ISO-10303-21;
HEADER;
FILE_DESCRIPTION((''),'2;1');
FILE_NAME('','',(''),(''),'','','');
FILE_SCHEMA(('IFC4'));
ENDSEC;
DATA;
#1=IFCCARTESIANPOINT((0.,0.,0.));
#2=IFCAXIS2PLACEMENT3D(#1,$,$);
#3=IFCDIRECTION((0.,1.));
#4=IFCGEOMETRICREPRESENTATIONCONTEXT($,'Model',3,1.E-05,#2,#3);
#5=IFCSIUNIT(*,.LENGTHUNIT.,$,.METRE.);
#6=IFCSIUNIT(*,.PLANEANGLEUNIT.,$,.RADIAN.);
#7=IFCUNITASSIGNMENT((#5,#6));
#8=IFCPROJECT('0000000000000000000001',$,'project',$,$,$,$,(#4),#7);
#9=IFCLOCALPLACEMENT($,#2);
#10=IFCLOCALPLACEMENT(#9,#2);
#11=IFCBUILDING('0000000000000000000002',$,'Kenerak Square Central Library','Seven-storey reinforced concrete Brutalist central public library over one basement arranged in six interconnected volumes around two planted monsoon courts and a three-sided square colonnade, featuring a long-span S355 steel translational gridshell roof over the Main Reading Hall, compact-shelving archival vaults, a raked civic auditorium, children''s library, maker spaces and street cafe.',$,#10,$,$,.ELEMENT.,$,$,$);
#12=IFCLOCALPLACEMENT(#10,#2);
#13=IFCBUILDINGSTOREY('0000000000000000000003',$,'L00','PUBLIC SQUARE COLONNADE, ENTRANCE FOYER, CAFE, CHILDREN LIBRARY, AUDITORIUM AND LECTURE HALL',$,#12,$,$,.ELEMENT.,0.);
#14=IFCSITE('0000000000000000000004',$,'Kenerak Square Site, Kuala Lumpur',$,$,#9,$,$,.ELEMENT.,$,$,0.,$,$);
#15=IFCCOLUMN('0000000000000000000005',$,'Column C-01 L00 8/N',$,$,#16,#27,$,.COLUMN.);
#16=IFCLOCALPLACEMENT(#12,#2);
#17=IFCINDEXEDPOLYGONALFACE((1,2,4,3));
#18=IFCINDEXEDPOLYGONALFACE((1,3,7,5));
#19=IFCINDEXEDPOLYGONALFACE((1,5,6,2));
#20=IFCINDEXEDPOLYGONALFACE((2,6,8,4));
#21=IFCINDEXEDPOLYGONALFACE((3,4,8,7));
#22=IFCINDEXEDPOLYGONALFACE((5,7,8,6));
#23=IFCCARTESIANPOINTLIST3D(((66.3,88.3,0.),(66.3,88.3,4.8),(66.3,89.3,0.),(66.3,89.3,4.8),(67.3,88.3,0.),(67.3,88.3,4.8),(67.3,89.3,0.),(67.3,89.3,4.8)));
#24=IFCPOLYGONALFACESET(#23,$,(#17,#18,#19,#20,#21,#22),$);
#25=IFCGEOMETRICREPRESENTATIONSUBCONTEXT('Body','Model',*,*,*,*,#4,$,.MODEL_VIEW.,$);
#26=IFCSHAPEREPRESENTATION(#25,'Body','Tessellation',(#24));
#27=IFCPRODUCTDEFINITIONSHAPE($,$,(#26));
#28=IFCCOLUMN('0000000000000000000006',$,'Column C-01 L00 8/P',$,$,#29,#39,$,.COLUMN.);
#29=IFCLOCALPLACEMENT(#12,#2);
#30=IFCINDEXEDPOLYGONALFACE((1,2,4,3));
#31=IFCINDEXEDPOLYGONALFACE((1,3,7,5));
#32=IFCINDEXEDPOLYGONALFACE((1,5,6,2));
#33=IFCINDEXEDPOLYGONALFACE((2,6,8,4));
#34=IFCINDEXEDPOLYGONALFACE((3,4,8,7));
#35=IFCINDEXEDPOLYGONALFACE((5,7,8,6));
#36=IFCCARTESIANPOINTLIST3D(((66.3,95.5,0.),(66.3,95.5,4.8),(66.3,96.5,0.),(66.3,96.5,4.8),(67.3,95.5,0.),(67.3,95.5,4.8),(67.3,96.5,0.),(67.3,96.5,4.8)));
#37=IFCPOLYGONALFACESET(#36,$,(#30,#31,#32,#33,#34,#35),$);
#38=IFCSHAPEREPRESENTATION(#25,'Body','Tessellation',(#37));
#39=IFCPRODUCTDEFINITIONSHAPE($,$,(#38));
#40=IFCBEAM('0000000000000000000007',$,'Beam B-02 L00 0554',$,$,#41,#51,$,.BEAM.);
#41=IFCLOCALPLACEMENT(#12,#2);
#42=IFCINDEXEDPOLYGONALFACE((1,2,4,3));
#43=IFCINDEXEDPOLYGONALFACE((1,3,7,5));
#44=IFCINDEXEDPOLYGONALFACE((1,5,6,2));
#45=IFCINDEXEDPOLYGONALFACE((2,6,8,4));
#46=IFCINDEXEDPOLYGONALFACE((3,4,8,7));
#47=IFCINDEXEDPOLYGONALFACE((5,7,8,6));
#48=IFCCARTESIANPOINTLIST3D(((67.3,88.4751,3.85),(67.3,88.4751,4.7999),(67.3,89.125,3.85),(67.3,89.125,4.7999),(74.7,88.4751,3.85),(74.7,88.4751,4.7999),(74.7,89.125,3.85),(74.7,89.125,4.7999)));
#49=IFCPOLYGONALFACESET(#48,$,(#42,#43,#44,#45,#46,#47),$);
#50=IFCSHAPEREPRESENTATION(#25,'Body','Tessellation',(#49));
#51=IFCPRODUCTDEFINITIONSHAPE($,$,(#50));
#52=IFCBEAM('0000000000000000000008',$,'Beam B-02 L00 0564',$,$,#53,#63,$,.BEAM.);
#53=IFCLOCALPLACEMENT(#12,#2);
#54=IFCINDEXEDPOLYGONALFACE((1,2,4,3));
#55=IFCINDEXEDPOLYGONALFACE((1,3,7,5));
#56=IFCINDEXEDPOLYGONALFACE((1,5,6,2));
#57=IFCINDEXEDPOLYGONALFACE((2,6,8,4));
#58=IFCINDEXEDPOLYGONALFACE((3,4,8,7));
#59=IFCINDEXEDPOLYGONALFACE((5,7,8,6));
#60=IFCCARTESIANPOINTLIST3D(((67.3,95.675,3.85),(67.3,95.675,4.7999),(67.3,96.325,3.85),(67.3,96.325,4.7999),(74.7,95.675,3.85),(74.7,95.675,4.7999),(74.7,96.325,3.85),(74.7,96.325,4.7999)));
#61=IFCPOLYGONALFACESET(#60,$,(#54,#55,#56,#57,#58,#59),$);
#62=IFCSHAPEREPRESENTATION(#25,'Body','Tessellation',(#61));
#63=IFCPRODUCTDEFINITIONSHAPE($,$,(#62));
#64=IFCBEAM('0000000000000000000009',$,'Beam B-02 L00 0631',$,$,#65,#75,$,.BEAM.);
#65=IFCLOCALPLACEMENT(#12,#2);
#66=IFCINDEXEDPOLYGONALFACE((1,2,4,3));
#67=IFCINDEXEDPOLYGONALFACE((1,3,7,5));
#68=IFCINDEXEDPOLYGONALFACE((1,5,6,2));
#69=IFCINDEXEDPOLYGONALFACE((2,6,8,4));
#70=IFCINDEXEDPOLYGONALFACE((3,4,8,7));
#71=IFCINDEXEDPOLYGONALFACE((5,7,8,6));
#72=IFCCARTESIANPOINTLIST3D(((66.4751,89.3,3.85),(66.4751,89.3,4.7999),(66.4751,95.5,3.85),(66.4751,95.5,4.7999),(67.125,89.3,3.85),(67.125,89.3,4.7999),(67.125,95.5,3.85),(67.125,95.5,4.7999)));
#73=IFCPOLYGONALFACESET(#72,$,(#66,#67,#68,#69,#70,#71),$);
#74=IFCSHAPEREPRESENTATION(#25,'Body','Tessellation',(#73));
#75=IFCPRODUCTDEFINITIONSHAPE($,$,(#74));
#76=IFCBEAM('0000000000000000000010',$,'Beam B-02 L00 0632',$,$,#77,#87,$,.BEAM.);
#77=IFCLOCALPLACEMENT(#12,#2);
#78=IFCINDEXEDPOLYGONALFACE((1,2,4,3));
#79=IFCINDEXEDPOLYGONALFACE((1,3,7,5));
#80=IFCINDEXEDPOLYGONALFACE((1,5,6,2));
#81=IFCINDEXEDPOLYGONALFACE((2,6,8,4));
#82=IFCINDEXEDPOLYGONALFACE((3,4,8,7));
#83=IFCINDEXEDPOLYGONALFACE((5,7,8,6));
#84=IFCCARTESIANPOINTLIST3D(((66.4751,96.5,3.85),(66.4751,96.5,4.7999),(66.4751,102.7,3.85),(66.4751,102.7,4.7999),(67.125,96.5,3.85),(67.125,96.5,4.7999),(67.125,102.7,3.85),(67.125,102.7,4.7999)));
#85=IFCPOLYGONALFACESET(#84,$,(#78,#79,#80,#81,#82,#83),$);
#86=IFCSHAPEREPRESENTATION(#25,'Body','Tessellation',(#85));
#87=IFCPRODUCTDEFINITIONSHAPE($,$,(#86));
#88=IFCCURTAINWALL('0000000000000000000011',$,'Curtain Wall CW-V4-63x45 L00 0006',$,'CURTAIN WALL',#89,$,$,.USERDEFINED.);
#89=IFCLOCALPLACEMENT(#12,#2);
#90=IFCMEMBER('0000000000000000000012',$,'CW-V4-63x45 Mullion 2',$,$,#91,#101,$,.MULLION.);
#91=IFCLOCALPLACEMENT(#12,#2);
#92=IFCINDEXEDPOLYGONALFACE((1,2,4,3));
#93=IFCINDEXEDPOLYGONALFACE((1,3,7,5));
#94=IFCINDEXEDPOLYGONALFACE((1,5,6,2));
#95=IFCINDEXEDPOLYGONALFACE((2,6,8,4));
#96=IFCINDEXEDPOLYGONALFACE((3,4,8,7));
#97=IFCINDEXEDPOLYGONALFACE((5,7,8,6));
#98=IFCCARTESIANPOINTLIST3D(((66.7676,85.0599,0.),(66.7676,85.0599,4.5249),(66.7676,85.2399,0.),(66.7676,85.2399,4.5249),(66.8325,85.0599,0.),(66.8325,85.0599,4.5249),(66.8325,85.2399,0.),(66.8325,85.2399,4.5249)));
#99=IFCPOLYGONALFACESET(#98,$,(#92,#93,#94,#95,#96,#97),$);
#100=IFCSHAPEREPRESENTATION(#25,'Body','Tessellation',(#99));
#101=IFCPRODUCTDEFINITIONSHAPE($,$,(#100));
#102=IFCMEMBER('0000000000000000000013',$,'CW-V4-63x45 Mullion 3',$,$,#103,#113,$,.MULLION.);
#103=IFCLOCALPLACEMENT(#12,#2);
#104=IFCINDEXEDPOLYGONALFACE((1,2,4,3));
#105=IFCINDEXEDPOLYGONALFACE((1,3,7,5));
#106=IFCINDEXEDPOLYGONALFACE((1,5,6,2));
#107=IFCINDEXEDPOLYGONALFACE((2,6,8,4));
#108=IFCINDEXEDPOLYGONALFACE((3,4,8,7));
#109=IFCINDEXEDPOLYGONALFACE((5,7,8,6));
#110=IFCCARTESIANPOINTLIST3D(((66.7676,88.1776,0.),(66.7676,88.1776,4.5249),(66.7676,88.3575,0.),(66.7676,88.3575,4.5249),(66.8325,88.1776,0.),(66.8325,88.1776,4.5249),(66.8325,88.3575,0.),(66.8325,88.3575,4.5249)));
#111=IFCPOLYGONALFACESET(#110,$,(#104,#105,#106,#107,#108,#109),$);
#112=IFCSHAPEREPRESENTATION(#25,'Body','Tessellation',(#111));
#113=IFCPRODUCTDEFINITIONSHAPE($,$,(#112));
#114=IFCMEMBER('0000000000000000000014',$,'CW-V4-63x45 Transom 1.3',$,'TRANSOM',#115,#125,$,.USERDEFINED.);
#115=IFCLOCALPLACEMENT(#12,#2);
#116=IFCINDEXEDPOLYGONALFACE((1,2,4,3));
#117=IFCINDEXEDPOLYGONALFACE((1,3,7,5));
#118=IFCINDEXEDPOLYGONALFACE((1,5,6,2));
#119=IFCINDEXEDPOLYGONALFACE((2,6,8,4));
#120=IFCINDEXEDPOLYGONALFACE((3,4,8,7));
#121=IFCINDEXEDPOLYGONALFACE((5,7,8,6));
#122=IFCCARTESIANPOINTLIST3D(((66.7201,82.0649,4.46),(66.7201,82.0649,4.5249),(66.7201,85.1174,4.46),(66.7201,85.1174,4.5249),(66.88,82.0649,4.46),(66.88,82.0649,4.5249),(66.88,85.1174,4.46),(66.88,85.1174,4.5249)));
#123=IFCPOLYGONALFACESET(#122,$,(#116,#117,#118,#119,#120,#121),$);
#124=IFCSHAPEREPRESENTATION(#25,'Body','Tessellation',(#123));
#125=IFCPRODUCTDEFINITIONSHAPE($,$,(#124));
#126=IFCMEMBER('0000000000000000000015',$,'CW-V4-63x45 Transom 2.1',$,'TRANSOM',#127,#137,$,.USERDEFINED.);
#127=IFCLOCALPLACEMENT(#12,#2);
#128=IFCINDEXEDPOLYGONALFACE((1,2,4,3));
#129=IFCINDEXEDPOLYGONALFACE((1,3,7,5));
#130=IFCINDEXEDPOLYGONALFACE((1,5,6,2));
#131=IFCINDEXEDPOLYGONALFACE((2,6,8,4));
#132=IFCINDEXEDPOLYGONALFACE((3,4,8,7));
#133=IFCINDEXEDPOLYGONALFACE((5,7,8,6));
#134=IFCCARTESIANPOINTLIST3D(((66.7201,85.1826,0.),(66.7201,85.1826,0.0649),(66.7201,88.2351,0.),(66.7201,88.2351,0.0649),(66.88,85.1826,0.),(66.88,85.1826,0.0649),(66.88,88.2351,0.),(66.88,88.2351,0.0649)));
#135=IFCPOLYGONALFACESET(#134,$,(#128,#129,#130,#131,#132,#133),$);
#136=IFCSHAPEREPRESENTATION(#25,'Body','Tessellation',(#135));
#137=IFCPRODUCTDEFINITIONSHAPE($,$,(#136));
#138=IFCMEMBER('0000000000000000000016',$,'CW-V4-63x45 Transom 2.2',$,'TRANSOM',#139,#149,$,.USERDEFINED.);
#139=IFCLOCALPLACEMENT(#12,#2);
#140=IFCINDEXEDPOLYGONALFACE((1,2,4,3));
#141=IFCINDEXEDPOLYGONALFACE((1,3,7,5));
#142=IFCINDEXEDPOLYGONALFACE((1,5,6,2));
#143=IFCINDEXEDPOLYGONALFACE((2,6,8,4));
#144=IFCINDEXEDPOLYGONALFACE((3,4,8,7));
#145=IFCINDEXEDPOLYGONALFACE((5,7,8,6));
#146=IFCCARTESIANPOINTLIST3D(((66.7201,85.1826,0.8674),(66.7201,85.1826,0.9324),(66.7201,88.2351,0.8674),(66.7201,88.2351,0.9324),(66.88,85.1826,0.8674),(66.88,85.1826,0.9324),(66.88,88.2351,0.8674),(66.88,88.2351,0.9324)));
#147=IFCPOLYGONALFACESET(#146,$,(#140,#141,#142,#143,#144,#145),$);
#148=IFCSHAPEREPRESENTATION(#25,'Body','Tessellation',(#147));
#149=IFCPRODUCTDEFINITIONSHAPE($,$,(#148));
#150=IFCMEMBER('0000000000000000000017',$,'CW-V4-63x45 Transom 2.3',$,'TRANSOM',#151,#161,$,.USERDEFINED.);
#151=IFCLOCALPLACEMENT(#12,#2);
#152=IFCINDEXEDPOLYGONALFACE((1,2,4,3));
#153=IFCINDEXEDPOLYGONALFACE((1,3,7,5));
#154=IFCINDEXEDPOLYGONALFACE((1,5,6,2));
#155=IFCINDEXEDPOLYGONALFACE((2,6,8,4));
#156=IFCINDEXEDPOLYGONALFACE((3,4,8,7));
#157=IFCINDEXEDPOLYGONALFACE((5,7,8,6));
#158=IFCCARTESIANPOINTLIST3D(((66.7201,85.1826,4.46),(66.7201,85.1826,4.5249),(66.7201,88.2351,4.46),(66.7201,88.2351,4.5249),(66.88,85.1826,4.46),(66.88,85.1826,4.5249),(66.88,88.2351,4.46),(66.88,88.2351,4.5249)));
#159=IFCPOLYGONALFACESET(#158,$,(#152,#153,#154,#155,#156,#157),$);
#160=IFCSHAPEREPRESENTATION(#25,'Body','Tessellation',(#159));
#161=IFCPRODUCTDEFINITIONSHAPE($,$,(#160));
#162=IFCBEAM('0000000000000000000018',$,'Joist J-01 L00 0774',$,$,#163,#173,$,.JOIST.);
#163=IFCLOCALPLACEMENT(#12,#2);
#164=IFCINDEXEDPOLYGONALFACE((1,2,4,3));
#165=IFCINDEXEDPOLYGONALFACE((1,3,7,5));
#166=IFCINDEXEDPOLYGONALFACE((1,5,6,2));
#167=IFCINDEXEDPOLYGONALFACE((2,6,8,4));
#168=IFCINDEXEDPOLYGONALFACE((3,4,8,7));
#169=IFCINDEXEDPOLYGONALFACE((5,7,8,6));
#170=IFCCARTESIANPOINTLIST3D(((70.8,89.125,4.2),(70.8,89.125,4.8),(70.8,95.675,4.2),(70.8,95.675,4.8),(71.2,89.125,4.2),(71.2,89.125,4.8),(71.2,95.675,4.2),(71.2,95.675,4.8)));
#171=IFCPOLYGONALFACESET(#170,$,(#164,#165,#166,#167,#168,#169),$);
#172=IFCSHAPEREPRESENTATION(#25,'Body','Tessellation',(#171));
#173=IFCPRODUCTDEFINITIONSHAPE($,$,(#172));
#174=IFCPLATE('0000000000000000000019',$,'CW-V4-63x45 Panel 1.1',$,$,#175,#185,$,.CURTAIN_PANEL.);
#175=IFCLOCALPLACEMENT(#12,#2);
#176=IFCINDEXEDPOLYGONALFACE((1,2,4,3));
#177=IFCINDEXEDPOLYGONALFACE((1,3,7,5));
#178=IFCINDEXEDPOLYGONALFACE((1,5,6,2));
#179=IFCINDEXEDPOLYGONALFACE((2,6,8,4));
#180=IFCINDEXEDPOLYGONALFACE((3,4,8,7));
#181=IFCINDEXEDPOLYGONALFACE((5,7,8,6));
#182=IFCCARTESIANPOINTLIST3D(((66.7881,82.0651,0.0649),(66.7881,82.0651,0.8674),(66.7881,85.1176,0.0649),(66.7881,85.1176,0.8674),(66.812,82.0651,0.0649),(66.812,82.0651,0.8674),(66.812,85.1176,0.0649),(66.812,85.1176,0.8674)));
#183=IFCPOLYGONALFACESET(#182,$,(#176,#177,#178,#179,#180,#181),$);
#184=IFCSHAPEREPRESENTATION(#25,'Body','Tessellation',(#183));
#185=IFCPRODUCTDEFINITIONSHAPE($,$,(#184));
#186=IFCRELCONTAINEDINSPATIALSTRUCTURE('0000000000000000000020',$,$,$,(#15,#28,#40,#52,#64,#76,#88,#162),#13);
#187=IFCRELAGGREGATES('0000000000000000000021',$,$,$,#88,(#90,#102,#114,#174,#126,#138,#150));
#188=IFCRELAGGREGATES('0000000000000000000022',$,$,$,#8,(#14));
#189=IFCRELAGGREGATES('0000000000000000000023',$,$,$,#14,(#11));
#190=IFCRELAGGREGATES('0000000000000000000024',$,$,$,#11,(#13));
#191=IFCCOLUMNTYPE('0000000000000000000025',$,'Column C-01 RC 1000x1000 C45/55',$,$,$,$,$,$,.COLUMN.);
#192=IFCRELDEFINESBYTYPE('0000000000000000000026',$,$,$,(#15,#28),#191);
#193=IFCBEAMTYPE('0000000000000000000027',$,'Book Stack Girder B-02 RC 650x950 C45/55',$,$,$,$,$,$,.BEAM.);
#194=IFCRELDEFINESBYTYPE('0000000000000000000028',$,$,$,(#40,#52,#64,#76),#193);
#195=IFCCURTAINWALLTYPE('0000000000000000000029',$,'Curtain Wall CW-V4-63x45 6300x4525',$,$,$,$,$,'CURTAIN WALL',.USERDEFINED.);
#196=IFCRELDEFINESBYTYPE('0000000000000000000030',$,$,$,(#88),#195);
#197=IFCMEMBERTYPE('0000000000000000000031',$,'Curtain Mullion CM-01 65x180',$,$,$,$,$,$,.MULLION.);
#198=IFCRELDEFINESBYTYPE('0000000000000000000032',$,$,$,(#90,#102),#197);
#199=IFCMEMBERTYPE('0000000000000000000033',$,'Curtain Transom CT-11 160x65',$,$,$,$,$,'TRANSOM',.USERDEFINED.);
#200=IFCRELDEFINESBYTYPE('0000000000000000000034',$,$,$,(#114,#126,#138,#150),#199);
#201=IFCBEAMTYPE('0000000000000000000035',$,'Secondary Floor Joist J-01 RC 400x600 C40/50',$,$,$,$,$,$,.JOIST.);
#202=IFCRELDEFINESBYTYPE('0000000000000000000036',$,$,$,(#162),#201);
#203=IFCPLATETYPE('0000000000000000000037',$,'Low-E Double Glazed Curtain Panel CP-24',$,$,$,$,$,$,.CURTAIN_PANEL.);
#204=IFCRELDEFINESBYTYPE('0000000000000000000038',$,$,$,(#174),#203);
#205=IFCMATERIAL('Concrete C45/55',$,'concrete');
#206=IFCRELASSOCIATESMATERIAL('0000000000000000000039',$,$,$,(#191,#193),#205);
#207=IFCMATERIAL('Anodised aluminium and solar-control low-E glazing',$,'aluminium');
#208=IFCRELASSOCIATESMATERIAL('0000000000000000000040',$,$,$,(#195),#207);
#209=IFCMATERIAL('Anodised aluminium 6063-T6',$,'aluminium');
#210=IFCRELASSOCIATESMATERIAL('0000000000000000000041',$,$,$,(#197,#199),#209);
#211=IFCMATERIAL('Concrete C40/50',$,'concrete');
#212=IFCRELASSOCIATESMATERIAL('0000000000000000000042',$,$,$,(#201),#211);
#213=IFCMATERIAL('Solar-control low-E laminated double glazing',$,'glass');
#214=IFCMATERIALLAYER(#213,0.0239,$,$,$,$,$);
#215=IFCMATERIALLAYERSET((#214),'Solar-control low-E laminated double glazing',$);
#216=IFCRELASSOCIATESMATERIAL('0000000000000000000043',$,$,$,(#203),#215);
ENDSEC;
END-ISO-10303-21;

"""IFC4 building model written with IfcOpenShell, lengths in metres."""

from ifc_helpers import new_model, si_unit, direction, frame, origin, origin_2d, place, context, subcontext, project, spatial, rectangle, extrude, material, layer, layer_set, material_profile, profile_set, type_object, element, aggregate, save


model = new_model("IFC4")

# Units and contexts
model_context = context("Model", 3, precision=1e-05, world=origin(), true_north=direction((0.0, 1.0)))
body_context = subcontext(model_context, "Body", "Model", "MODEL_VIEW")
ifc_project = project(units=[si_unit("LENGTHUNIT", "METRE"), si_unit("PLANEANGLEUNIT", "RADIAN")], contexts=[model_context])

# Site, building, storey
site_placement = place(None, origin())
site = spatial("IfcSite", under=ifc_project, at=site_placement, Name="Kenerak Square Site, Kuala Lumpur", CompositionType="ELEMENT", RefElevation=0.0)
building_placement = place(site_placement, origin())
building = spatial("IfcBuilding", under=site, at=building_placement, Name="Kenerak Square Central Library", Description="Seven-storey reinforced concrete Brutalist central public library over one basement arranged in six interconnected volumes around two planted monsoon courts and a three-sided square colonnade, featuring a long-span S355 steel translational gridshell roof over the Main Reading Hall, compact-shelving archival vaults, a raked civic auditorium, children's library, maker spaces and street cafe.", CompositionType="ELEMENT")
storey_placement = place(building_placement, origin())
storey = spatial("IfcBuildingStorey", under=building, at=storey_placement, Name="L00", Description="PUBLIC SQUARE COLONNADE, ENTRANCE FOYER, CAFE, CHILDREN LIBRARY, AUDITORIUM AND LECTURE HALL", CompositionType="ELEMENT", Elevation=0.0)

# Columns
ifc_material_1 = material(Name="Concrete C45/55", Category="concrete")
ifc_material_profile_1 = material_profile(ifc_material_1, rectangle(XDim=1.0, YDim=1.0, at=origin_2d()), Name="RC 1000x1000")
ifc_profile_set_1 = profile_set([ifc_material_profile_1], Name="Concrete C45/55")
column_type = type_object("IfcColumnType", Name="Column C-01 RC 1000x1000 C45/55", PredefinedType="COLUMN", material=ifc_profile_set_1)
for number, where, z_axis, x_axis, name in (
    (1, (66.8, 88.8, 0.0), (0.0, 0.0, 1.0), (1.0, 0.0, 0.0), "Column C-01 L00 8/N"),
    (2, (66.8, 96.0, 0.0), (0.0, 0.0, 1.0), (1.0, 0.0, 0.0), "Column C-01 L00 8/P"),
):
    element("IfcColumn", number, at=place(storey_placement, frame(where, z_axis=z_axis, x_axis=x_axis)), inside=storey, type_object=column_type, Name=name, PredefinedType="COLUMN", context=body_context, shape_type="SweptSolid", body=[
        extrude(rectangle(XDim=1.0, YDim=1.0, at=origin_2d()), origin(), (0.0, 0.0, 1.0), 4.8),
    ])

# Beams
ifc_material_profile_2 = material_profile(ifc_material_1, rectangle(XDim=0.6499, YDim=0.95, at=origin_2d()), Name="RC 650x950")
ifc_profile_set_2 = profile_set([ifc_material_profile_2], Name="Concrete C45/55")
beam_type_1 = type_object("IfcBeamType", Name="Book Stack Girder B-02 RC 650x950 C45/55", PredefinedType="BEAM", material=ifc_profile_set_2)
for number, where, z_axis, x_axis, name in (
    (3, (67.3, 88.8, 4.325), (1.0, 0.0, 0.0), (0.0, 1.0, 0.0), "Beam B-02 L00 0554"),
    (4, (67.3, 96.0, 4.325), (1.0, 0.0, 0.0), (0.0, 1.0, 0.0), "Beam B-02 L00 0564"),
):
    element("IfcBeam", number, at=place(storey_placement, frame(where, z_axis=z_axis, x_axis=x_axis)), inside=storey, type_object=beam_type_1, Name=name, PredefinedType="BEAM", context=body_context, shape_type="SweptSolid", body=[
        extrude(rectangle(XDim=0.6499, YDim=0.95, at=origin_2d()), origin(), (0.0, 0.0, 1.0), 7.3999),
    ])
for number, where, z_axis, x_axis, name in (
    (5, (66.8, 89.3, 4.325), (0.0, 1.0, 0.0), (-1.0, 0.0, 0.0), "Beam B-02 L00 0631"),
    (6, (66.8, 96.5, 4.325), (0.0, 1.0, 0.0), (-1.0, 0.0, 0.0), "Beam B-02 L00 0632"),
):
    element("IfcBeam", number, at=place(storey_placement, frame(where, z_axis=z_axis, x_axis=x_axis)), inside=storey, type_object=beam_type_1, Name=name, PredefinedType="BEAM", context=body_context, shape_type="SweptSolid", body=[
        extrude(rectangle(XDim=0.6499, YDim=0.95, at=origin_2d()), origin(), (0.0, 0.0, 1.0), 6.2),
    ])

# Curtain wall, members
ifc_material_2 = material(Name="Anodised aluminium and solar-control low-E glazing", Category="aluminium")
curtain_wall_type = type_object("IfcCurtainWallType", Name="Curtain Wall CW-V4-63x45 6300x4525", ElementType="CURTAIN WALL", PredefinedType="USERDEFINED", material=ifc_material_2)
curtain_wall_placement = place(storey_placement, origin())
curtain_wall = element("IfcCurtainWall", 7, at=curtain_wall_placement, inside=storey, type_object=curtain_wall_type, Name="Curtain Wall CW-V4-63x45 L00 0006", ObjectType="CURTAIN WALL", PredefinedType="USERDEFINED")
ifc_material_3 = material(Name="Anodised aluminium 6063-T6", Category="aluminium")
ifc_material_profile_3 = material_profile(ifc_material_3, rectangle(XDim=0.0649, YDim=0.1799, at=origin_2d()), Name="AL MULLION 65x180")
ifc_profile_set_3 = profile_set([ifc_material_profile_3], Name="Anodised aluminium 6063-T6")
member_type_1 = type_object("IfcMemberType", Name="Curtain Mullion CM-01 65x180", PredefinedType="MULLION", material=ifc_profile_set_3)
member_1_placement = place(storey_placement, frame((66.8, 85.1499, 0.0), z_axis=(0.0, 0.0, 1.0), x_axis=(-1.0, 0.0, 0.0)))
member_1 = element("IfcMember", 8, at=member_1_placement, type_object=member_type_1, Name="CW-V4-63x45 Mullion 2", PredefinedType="MULLION", context=body_context, shape_type="SweptSolid", body=[
    extrude(rectangle(XDim=0.0649, YDim=0.1799, at=origin_2d()), origin(), (0.0, 0.0, 1.0), 4.5249),
])
member_2_placement = place(storey_placement, frame((66.8, 88.2676, 0.0), z_axis=(0.0, 0.0, 1.0), x_axis=(-1.0, 0.0, 0.0)))
member_2 = element("IfcMember", 9, at=member_2_placement, type_object=member_type_1, Name="CW-V4-63x45 Mullion 3", PredefinedType="MULLION", context=body_context, shape_type="SweptSolid", body=[
    extrude(rectangle(XDim=0.0649, YDim=0.1799, at=origin_2d()), origin(), (0.0, 0.0, 1.0), 4.5249),
])
ifc_material_profile_4 = material_profile(ifc_material_3, rectangle(XDim=0.1599, YDim=0.0649, at=origin_2d()), Name="AL TRANSOM 160x65")
ifc_profile_set_4 = profile_set([ifc_material_profile_4], Name="Anodised aluminium 6063-T6")
member_type_2 = type_object("IfcMemberType", Name="Curtain Transom CT-11 160x65", ElementType="TRANSOM", PredefinedType="USERDEFINED", material=ifc_profile_set_4)
member_3_placement = place(storey_placement, frame((66.8, 82.0649, 4.4924), z_axis=(0.0, 1.0, 0.0), x_axis=(-1.0, 0.0, 0.0)))
member_3 = element("IfcMember", 10, at=member_3_placement, type_object=member_type_2, Name="CW-V4-63x45 Transom 1.3", ObjectType="TRANSOM", PredefinedType="USERDEFINED", context=body_context, shape_type="SweptSolid", body=[
    extrude(rectangle(XDim=0.1599, YDim=0.0649, at=origin_2d()), origin(), (0.0, 0.0, 1.0), 3.0525),
])
member_4_placement = place(storey_placement, frame((66.8, 85.1826, 0.0325), z_axis=(0.0, 1.0, 0.0), x_axis=(-1.0, 0.0, 0.0)))
member_4 = element("IfcMember", 11, at=member_4_placement, type_object=member_type_2, Name="CW-V4-63x45 Transom 2.1", ObjectType="TRANSOM", PredefinedType="USERDEFINED", context=body_context, shape_type="SweptSolid", body=[
    extrude(rectangle(XDim=0.1599, YDim=0.0649, at=origin_2d()), origin(), (0.0, 0.0, 1.0), 3.0525),
])
member_5_placement = place(storey_placement, frame((66.8, 85.1826, 0.8999), z_axis=(0.0, 1.0, 0.0), x_axis=(-1.0, 0.0, 0.0)))
member_5 = element("IfcMember", 12, at=member_5_placement, type_object=member_type_2, Name="CW-V4-63x45 Transom 2.2", ObjectType="TRANSOM", PredefinedType="USERDEFINED", context=body_context, shape_type="SweptSolid", body=[
    extrude(rectangle(XDim=0.1599, YDim=0.0649, at=origin_2d()), origin(), (0.0, 0.0, 1.0), 3.0525),
])
member_6_placement = place(storey_placement, frame((66.8, 85.1826, 4.4924), z_axis=(0.0, 1.0, 0.0), x_axis=(-1.0, 0.0, 0.0)))
member_6 = element("IfcMember", 13, at=member_6_placement, type_object=member_type_2, Name="CW-V4-63x45 Transom 2.3", ObjectType="TRANSOM", PredefinedType="USERDEFINED", context=body_context, shape_type="SweptSolid", body=[
    extrude(rectangle(XDim=0.1599, YDim=0.0649, at=origin_2d()), origin(), (0.0, 0.0, 1.0), 3.0525),
])

# Beam
ifc_material_4 = material(Name="Concrete C40/50", Category="concrete")
ifc_material_profile_5 = material_profile(ifc_material_4, rectangle(XDim=0.3999, YDim=0.6001, at=origin_2d()), Name="RC 400x600")
ifc_profile_set_5 = profile_set([ifc_material_profile_5], Name="Concrete C40/50")
beam_type_2 = type_object("IfcBeamType", Name="Secondary Floor Joist J-01 RC 400x600 C40/50", PredefinedType="JOIST", material=ifc_profile_set_5)
beam_placement = place(storey_placement, frame((71.0, 89.125, 4.5), z_axis=(0.0, 1.0, 0.0), x_axis=(-1.0, 0.0, 0.0)))
element("IfcBeam", 14, at=beam_placement, inside=storey, type_object=beam_type_2, Name="Joist J-01 L00 0774", PredefinedType="JOIST", context=body_context, shape_type="SweptSolid", body=[
    extrude(rectangle(XDim=0.3999, YDim=0.6001, at=origin_2d()), origin(), (0.0, 0.0, 1.0), 6.55),
])

# Plate
ifc_material_5 = material(Name="Solar-control low-E laminated double glazing", Category="glass")
ifc_layer_1 = layer(ifc_material_5, 0.0239)
ifc_layer_set_1 = layer_set([ifc_layer_1], Name="Solar-control low-E laminated double glazing")
plate_type = type_object("IfcPlateType", Name="Low-E Double Glazed Curtain Panel CP-24", PredefinedType="CURTAIN_PANEL", material=ifc_layer_set_1)
plate_1_placement = place(storey_placement, frame((66.8, 83.5913, 0.0649), z_axis=(0.0, 0.0, 1.0), x_axis=(0.0, 1.0, 0.0)))
plate_1 = element("IfcPlate", 15, at=plate_1_placement, type_object=plate_type, Name="CW-V4-63x45 Panel 1.1", PredefinedType="CURTAIN_PANEL", context=body_context, shape_type="SweptSolid", body=[
    extrude(rectangle(XDim=3.0525, YDim=0.0239, at=origin_2d()), origin(), (0.0, 0.0, 1.0), 0.8025),
])
aggregate(curtain_wall, [member_1, member_2, member_3, plate_1, member_4, member_5, member_6])

save(model, "model.ifc")
